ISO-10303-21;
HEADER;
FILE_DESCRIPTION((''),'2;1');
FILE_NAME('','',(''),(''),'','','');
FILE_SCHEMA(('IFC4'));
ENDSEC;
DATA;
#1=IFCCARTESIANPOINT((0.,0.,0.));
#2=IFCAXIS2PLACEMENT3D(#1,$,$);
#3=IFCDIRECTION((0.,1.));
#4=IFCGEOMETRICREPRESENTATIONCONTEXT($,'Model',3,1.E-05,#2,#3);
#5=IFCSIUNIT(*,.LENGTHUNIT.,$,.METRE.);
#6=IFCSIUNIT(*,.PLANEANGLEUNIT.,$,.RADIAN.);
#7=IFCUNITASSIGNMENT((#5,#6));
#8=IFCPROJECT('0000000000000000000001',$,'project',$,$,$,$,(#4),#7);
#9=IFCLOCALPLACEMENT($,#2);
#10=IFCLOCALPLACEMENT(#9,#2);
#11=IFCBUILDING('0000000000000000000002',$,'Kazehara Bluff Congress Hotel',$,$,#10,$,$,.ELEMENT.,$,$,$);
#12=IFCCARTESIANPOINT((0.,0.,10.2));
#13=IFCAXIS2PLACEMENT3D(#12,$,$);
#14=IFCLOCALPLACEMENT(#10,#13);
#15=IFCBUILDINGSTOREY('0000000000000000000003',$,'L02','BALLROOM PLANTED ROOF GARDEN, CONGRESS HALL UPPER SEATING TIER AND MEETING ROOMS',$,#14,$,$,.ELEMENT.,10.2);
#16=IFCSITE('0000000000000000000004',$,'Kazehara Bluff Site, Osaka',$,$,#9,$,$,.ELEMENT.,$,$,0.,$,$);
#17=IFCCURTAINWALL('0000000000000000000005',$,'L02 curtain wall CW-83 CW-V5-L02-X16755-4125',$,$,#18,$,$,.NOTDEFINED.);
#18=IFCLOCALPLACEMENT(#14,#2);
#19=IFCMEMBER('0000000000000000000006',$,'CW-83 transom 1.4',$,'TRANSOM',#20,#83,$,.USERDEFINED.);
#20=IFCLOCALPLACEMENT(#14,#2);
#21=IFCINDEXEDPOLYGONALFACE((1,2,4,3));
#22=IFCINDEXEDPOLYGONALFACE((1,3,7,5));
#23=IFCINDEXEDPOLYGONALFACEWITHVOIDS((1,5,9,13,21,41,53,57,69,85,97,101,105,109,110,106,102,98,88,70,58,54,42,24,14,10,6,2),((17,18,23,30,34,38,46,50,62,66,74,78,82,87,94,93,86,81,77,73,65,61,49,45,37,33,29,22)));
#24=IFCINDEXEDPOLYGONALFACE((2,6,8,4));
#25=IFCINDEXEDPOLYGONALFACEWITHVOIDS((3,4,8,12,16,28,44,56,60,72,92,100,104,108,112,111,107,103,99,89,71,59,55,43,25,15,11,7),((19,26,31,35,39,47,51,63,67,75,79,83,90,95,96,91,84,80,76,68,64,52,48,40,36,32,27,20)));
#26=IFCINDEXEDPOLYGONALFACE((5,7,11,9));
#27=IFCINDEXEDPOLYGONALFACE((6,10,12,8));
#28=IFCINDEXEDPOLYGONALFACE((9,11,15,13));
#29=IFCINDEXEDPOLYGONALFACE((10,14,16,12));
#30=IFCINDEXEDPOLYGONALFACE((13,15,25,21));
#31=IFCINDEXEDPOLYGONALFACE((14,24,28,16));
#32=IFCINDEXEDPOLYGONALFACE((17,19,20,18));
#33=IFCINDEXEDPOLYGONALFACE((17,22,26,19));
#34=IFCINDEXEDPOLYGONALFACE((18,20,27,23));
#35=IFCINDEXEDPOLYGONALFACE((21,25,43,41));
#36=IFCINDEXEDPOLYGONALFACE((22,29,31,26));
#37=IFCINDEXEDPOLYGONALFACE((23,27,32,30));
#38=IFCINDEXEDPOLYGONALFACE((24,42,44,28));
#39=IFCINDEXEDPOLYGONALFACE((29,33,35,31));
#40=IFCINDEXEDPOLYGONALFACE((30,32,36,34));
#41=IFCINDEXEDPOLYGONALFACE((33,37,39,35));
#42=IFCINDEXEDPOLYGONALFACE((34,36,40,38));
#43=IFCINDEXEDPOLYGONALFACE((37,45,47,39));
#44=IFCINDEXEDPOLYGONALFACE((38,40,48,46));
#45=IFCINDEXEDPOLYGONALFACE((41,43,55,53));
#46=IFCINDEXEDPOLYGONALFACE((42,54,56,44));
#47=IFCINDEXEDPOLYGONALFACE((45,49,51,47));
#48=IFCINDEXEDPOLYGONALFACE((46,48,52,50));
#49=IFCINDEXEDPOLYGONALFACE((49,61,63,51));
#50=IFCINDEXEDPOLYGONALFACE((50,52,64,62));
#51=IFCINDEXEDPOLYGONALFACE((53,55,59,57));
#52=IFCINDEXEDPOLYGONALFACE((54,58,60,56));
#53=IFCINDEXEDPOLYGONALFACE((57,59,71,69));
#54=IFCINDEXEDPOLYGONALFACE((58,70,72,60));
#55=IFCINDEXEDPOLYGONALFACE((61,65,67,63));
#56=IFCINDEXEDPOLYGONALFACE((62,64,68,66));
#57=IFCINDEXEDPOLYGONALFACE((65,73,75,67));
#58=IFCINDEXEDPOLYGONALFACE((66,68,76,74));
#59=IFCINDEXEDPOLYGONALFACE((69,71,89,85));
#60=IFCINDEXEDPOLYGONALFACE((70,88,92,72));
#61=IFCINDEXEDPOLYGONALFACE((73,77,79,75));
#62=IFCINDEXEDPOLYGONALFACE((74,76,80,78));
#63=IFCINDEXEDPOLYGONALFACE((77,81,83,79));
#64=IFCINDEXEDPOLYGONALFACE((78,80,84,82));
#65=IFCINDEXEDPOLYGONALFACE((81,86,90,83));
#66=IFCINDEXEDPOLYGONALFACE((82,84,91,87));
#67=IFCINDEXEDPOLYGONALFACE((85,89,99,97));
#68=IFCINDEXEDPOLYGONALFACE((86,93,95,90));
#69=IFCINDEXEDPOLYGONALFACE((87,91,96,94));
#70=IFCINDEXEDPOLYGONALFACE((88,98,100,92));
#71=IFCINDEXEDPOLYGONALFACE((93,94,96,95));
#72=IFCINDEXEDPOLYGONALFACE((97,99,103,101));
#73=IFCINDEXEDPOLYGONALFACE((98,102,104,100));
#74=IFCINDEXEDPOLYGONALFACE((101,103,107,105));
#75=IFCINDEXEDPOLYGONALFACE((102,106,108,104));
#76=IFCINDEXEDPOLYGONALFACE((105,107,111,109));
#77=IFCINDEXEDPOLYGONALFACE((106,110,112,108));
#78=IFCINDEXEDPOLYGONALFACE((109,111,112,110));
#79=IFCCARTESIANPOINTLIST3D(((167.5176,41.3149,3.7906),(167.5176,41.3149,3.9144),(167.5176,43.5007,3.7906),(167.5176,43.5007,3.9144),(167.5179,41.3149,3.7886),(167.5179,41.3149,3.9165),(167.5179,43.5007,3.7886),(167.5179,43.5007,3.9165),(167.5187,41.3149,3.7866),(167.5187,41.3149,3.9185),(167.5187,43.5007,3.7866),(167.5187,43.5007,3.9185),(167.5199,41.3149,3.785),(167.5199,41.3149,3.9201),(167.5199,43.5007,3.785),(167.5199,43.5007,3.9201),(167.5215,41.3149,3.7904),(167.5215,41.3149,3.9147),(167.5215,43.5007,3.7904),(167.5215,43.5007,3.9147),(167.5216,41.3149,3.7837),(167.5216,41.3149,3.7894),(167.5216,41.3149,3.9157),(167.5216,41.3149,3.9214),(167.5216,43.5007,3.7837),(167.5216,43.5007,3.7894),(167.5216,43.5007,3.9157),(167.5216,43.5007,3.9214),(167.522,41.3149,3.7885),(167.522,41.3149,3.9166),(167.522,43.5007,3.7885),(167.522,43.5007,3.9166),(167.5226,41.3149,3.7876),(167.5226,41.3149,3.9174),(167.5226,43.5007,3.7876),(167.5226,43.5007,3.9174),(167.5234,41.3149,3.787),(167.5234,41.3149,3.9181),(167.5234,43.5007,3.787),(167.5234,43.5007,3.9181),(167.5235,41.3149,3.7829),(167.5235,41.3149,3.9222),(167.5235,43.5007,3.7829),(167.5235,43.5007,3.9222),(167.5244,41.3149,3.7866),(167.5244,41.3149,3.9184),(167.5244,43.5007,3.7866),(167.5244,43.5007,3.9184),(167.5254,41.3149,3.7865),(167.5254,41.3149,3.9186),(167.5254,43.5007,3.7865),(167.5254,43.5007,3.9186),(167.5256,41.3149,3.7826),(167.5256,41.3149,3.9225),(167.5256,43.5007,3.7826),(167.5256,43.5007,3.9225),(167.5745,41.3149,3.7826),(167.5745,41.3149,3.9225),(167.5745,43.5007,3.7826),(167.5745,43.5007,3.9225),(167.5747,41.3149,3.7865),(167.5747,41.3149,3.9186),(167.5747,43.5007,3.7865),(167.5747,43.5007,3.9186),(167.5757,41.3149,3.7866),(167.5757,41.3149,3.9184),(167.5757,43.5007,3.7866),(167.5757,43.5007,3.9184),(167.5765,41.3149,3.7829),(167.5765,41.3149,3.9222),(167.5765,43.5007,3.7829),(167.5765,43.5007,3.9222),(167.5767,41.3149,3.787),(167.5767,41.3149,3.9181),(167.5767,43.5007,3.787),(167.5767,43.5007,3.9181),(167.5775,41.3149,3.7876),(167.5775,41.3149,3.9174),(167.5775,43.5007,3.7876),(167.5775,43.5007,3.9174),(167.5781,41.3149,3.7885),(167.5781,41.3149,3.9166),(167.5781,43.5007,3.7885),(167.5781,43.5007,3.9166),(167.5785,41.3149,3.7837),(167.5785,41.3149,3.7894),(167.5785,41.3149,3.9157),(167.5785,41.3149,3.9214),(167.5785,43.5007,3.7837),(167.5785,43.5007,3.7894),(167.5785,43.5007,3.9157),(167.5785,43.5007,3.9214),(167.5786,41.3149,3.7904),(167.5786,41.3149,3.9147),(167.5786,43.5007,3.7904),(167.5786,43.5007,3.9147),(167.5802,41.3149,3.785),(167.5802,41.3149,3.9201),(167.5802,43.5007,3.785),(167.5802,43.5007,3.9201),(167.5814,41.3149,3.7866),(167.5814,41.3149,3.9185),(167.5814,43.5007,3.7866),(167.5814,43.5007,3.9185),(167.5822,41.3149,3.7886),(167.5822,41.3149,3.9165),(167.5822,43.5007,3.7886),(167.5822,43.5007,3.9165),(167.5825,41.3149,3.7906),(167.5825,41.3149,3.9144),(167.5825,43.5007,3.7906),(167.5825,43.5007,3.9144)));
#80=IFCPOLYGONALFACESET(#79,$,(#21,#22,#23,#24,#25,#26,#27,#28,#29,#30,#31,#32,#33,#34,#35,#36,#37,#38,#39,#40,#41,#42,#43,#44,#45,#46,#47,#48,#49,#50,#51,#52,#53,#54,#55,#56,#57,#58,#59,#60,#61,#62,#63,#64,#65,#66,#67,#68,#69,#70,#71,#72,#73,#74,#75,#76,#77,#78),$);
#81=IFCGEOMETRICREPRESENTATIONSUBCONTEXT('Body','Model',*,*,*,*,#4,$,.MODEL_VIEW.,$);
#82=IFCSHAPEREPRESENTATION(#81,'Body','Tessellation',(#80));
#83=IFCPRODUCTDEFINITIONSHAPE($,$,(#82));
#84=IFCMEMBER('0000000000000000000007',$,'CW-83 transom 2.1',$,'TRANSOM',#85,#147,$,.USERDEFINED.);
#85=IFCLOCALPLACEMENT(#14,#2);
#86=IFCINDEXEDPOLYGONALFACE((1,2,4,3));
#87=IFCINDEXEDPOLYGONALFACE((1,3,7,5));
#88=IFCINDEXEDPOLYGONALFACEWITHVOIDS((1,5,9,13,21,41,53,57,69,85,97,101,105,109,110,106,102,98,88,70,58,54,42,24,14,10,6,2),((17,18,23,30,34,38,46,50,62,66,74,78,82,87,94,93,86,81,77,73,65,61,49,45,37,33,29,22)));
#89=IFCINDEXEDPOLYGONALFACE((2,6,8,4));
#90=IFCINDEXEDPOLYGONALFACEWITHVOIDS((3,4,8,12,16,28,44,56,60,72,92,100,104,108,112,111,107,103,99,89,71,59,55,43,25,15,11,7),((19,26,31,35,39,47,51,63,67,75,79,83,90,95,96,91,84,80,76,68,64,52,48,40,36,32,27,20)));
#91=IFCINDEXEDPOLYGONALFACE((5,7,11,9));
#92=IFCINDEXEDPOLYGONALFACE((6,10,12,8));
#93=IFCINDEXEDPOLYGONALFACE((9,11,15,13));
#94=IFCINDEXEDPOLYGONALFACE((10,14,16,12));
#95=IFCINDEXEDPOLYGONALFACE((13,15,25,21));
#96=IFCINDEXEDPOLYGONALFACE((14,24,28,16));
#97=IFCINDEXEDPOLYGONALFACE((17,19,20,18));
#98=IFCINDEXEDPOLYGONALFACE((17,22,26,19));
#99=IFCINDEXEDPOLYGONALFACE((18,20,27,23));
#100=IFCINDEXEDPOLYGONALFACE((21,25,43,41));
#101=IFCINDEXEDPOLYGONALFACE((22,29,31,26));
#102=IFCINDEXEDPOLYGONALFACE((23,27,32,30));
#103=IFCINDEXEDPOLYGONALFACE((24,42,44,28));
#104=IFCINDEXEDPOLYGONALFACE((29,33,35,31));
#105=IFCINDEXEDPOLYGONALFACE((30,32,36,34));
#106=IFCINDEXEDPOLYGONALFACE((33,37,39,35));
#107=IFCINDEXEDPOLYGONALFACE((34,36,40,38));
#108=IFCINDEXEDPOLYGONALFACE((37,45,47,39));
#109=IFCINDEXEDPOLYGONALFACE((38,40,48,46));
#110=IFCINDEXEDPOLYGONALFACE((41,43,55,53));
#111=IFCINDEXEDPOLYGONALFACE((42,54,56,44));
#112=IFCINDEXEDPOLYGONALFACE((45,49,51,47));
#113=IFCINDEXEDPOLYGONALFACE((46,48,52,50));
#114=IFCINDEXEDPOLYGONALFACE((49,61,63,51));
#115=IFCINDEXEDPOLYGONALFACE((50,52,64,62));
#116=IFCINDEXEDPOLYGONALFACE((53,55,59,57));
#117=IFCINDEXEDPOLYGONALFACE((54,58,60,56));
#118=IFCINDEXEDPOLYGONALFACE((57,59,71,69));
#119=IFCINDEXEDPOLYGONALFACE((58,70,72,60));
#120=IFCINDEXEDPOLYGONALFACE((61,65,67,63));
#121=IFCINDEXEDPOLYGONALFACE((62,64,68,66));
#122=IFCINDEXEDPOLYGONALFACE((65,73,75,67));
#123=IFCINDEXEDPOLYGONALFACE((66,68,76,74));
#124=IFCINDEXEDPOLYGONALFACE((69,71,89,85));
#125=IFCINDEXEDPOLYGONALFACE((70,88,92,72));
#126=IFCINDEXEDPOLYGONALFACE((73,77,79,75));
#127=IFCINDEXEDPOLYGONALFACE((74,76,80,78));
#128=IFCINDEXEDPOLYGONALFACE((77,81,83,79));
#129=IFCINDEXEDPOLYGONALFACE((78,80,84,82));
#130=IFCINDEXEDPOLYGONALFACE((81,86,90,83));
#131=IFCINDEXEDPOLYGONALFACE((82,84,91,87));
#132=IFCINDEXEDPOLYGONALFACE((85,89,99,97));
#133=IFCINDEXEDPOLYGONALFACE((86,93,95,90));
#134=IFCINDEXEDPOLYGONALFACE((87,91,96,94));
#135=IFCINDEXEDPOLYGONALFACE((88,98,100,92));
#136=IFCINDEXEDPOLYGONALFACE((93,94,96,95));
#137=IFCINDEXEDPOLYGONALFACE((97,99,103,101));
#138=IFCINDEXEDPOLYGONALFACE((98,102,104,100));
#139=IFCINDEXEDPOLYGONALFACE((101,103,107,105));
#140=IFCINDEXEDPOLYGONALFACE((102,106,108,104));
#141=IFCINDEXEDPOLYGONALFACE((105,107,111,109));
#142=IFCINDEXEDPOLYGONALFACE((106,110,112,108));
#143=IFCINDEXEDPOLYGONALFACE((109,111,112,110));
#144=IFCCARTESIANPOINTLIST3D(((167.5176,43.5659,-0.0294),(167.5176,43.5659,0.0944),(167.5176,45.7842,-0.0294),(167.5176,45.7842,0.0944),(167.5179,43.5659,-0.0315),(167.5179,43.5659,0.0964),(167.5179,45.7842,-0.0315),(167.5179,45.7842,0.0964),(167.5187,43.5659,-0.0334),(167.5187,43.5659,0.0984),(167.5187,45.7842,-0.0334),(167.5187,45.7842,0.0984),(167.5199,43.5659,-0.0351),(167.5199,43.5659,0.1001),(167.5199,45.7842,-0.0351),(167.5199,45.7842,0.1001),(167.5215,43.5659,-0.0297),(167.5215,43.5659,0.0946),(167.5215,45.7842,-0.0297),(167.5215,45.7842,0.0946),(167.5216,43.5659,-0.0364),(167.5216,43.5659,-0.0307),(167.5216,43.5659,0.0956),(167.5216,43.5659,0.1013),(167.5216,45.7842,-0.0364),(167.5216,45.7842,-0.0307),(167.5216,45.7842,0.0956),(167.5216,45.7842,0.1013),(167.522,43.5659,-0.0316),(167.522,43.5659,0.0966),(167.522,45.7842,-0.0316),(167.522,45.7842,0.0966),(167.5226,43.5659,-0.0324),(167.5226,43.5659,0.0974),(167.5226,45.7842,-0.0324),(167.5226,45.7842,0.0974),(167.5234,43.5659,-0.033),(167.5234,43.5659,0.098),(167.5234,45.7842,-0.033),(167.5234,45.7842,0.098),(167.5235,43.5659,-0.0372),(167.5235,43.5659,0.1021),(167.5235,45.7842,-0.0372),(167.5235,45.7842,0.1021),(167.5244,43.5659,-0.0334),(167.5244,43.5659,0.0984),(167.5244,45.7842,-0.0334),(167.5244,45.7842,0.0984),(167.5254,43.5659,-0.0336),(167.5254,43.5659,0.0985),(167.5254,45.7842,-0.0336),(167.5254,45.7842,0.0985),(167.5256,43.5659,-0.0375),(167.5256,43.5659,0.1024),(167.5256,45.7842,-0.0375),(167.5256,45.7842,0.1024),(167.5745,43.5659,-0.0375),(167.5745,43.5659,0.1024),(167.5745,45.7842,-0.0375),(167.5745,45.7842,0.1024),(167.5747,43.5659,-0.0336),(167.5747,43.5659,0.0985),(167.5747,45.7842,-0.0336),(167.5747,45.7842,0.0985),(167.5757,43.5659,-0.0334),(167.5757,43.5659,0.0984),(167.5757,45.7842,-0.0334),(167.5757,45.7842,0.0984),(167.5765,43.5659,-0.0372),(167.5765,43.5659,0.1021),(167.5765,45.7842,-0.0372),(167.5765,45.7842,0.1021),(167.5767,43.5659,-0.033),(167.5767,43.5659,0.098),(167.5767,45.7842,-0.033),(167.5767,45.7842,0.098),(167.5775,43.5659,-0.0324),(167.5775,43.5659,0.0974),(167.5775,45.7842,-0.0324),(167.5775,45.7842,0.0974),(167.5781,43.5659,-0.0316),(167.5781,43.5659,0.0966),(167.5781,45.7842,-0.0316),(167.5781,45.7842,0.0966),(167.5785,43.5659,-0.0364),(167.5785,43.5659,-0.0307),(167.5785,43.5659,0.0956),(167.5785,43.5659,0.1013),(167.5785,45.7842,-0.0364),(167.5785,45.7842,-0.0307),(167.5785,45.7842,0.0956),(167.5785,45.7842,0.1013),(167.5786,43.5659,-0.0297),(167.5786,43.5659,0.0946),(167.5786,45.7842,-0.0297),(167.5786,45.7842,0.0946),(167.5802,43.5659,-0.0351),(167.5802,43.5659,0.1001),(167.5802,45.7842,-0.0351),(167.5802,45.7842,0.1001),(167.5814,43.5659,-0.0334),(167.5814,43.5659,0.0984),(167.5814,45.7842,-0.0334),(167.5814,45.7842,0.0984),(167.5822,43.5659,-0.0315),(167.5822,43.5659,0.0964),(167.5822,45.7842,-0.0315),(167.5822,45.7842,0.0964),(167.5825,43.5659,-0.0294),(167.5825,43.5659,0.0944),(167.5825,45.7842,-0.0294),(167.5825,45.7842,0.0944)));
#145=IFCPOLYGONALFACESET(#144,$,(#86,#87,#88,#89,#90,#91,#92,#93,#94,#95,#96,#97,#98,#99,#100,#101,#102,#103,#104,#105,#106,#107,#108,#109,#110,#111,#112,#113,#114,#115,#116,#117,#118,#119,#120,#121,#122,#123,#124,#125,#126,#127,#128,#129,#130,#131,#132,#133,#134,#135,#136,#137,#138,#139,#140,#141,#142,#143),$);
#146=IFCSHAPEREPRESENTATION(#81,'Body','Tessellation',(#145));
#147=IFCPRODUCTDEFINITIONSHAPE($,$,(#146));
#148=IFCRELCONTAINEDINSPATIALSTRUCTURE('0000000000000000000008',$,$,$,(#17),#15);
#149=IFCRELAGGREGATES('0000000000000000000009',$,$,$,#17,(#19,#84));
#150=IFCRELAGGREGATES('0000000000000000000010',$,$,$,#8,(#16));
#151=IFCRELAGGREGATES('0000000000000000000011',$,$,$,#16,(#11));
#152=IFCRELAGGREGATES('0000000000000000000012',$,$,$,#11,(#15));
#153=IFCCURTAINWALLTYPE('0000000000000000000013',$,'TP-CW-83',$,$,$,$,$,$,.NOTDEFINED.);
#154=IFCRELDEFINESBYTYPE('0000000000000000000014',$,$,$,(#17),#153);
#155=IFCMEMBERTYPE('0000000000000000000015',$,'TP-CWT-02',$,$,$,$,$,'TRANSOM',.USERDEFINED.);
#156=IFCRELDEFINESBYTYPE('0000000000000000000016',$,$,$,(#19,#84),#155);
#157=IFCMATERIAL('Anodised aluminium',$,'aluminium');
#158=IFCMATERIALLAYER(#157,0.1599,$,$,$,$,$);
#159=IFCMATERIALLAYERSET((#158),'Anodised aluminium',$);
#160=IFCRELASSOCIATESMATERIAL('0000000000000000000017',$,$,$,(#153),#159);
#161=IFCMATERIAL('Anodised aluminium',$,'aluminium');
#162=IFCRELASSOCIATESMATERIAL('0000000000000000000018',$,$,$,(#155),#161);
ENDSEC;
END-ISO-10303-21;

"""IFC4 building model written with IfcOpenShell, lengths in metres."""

from ifc_helpers import new_model, si_unit, direction, frame, origin, origin_2d, place, context, subcontext, project, spatial, hollow_rectangle, extrude, material, layer, layer_set, material_profile, profile_set, type_object, element, aggregate, save


model = new_model("IFC4")

# Units and contexts
model_context = context("Model", 3, precision=1e-05, world=origin(), true_north=direction((0.0, 1.0)))
body_context = subcontext(model_context, "Body", "Model", "MODEL_VIEW")
ifc_project = project(units=[si_unit("LENGTHUNIT", "METRE"), si_unit("PLANEANGLEUNIT", "RADIAN")], contexts=[model_context])

# Site, building, storey
site_placement = place(None, origin())
site = spatial("IfcSite", under=ifc_project, at=site_placement, Name="Kazehara Bluff Site, Osaka", CompositionType="ELEMENT", RefElevation=0.0)
building_placement = place(site_placement, origin())
building = spatial("IfcBuilding", under=site, at=building_placement, Name="Kazehara Bluff Congress Hotel", CompositionType="ELEMENT")
storey_placement = place(building_placement, frame((0.0, 0.0, 10.2)))
storey = spatial("IfcBuildingStorey", under=building, at=storey_placement, Name="L02", Description="BALLROOM PLANTED ROOF GARDEN, CONGRESS HALL UPPER SEATING TIER AND MEETING ROOMS", CompositionType="ELEMENT", Elevation=10.2)

# Curtain wall
ifc_material_1 = material(Name="Anodised aluminium", Category="aluminium")
ifc_layer_1 = layer(ifc_material_1, 0.1599)
ifc_layer_set_1 = layer_set([ifc_layer_1], Name="Anodised aluminium")
curtain_wall_type_1 = type_object("IfcCurtainWallType", Name="TP-CW-83", PredefinedType="NOTDEFINED", material=ifc_layer_set_1)
curtain_wall_1_placement = place(storey_placement, origin())
curtain_wall_1 = element("IfcCurtainWall", 1, at=curtain_wall_1_placement, inside=storey, type_object=curtain_wall_type_1, Name="L02 curtain wall CW-83 CW-V5-L02-X16755-4125", PredefinedType="NOTDEFINED")

# Members
ifc_material_2 = material(Name="Anodised aluminium", Category="aluminium")
ifc_material_profile_1 = material_profile(ifc_material_2, hollow_rectangle(XDim=0.0649, YDim=0.1399, WallThickness=0.0039, InnerFilletRadius=0.0039, OuterFilletRadius=0.0081, at=origin_2d()))
ifc_profile_set_1 = profile_set([ifc_material_profile_1], Name="Anodised aluminium")
member_type_1 = type_object("IfcMemberType", Name="TP-CWT-02", ElementType="TRANSOM", PredefinedType="USERDEFINED", material=ifc_profile_set_1)
member_1_placement = place(storey_placement, frame((167.55, 41.3149, 3.8525), z_axis=(0.0, 1.0, 0.0), x_axis=(-1.0, 0.0, 0.0)))
member_1 = element("IfcMember", 2, at=member_1_placement, type_object=member_type_1, Name="CW-83 transom 1.4", ObjectType="TRANSOM", PredefinedType="USERDEFINED", context=body_context, shape_type="SweptSolid", body=[
    extrude(hollow_rectangle(XDim=0.0649, YDim=0.1399, WallThickness=0.0039, InnerFilletRadius=0.0039, OuterFilletRadius=0.0081, at=origin_2d()), origin(), (0.0, 0.0, 1.0), 2.1858),
])
member_2_placement = place(storey_placement, frame((167.55, 43.5659, 0.0325), z_axis=(0.0, 1.0, 0.0), x_axis=(-1.0, 0.0, 0.0)))
member_2 = element("IfcMember", 3, at=member_2_placement, type_object=member_type_1, Name="CW-83 transom 2.1", ObjectType="TRANSOM", PredefinedType="USERDEFINED", context=body_context, shape_type="SweptSolid", body=[
    extrude(hollow_rectangle(XDim=0.0649, YDim=0.1399, WallThickness=0.0039, InnerFilletRadius=0.0039, OuterFilletRadius=0.0081, at=origin_2d()), origin(), (0.0, 0.0, 1.0), 2.2183),
])

aggregate(curtain_wall_1, [member_1, member_2])

save(model, "model.ifc")
